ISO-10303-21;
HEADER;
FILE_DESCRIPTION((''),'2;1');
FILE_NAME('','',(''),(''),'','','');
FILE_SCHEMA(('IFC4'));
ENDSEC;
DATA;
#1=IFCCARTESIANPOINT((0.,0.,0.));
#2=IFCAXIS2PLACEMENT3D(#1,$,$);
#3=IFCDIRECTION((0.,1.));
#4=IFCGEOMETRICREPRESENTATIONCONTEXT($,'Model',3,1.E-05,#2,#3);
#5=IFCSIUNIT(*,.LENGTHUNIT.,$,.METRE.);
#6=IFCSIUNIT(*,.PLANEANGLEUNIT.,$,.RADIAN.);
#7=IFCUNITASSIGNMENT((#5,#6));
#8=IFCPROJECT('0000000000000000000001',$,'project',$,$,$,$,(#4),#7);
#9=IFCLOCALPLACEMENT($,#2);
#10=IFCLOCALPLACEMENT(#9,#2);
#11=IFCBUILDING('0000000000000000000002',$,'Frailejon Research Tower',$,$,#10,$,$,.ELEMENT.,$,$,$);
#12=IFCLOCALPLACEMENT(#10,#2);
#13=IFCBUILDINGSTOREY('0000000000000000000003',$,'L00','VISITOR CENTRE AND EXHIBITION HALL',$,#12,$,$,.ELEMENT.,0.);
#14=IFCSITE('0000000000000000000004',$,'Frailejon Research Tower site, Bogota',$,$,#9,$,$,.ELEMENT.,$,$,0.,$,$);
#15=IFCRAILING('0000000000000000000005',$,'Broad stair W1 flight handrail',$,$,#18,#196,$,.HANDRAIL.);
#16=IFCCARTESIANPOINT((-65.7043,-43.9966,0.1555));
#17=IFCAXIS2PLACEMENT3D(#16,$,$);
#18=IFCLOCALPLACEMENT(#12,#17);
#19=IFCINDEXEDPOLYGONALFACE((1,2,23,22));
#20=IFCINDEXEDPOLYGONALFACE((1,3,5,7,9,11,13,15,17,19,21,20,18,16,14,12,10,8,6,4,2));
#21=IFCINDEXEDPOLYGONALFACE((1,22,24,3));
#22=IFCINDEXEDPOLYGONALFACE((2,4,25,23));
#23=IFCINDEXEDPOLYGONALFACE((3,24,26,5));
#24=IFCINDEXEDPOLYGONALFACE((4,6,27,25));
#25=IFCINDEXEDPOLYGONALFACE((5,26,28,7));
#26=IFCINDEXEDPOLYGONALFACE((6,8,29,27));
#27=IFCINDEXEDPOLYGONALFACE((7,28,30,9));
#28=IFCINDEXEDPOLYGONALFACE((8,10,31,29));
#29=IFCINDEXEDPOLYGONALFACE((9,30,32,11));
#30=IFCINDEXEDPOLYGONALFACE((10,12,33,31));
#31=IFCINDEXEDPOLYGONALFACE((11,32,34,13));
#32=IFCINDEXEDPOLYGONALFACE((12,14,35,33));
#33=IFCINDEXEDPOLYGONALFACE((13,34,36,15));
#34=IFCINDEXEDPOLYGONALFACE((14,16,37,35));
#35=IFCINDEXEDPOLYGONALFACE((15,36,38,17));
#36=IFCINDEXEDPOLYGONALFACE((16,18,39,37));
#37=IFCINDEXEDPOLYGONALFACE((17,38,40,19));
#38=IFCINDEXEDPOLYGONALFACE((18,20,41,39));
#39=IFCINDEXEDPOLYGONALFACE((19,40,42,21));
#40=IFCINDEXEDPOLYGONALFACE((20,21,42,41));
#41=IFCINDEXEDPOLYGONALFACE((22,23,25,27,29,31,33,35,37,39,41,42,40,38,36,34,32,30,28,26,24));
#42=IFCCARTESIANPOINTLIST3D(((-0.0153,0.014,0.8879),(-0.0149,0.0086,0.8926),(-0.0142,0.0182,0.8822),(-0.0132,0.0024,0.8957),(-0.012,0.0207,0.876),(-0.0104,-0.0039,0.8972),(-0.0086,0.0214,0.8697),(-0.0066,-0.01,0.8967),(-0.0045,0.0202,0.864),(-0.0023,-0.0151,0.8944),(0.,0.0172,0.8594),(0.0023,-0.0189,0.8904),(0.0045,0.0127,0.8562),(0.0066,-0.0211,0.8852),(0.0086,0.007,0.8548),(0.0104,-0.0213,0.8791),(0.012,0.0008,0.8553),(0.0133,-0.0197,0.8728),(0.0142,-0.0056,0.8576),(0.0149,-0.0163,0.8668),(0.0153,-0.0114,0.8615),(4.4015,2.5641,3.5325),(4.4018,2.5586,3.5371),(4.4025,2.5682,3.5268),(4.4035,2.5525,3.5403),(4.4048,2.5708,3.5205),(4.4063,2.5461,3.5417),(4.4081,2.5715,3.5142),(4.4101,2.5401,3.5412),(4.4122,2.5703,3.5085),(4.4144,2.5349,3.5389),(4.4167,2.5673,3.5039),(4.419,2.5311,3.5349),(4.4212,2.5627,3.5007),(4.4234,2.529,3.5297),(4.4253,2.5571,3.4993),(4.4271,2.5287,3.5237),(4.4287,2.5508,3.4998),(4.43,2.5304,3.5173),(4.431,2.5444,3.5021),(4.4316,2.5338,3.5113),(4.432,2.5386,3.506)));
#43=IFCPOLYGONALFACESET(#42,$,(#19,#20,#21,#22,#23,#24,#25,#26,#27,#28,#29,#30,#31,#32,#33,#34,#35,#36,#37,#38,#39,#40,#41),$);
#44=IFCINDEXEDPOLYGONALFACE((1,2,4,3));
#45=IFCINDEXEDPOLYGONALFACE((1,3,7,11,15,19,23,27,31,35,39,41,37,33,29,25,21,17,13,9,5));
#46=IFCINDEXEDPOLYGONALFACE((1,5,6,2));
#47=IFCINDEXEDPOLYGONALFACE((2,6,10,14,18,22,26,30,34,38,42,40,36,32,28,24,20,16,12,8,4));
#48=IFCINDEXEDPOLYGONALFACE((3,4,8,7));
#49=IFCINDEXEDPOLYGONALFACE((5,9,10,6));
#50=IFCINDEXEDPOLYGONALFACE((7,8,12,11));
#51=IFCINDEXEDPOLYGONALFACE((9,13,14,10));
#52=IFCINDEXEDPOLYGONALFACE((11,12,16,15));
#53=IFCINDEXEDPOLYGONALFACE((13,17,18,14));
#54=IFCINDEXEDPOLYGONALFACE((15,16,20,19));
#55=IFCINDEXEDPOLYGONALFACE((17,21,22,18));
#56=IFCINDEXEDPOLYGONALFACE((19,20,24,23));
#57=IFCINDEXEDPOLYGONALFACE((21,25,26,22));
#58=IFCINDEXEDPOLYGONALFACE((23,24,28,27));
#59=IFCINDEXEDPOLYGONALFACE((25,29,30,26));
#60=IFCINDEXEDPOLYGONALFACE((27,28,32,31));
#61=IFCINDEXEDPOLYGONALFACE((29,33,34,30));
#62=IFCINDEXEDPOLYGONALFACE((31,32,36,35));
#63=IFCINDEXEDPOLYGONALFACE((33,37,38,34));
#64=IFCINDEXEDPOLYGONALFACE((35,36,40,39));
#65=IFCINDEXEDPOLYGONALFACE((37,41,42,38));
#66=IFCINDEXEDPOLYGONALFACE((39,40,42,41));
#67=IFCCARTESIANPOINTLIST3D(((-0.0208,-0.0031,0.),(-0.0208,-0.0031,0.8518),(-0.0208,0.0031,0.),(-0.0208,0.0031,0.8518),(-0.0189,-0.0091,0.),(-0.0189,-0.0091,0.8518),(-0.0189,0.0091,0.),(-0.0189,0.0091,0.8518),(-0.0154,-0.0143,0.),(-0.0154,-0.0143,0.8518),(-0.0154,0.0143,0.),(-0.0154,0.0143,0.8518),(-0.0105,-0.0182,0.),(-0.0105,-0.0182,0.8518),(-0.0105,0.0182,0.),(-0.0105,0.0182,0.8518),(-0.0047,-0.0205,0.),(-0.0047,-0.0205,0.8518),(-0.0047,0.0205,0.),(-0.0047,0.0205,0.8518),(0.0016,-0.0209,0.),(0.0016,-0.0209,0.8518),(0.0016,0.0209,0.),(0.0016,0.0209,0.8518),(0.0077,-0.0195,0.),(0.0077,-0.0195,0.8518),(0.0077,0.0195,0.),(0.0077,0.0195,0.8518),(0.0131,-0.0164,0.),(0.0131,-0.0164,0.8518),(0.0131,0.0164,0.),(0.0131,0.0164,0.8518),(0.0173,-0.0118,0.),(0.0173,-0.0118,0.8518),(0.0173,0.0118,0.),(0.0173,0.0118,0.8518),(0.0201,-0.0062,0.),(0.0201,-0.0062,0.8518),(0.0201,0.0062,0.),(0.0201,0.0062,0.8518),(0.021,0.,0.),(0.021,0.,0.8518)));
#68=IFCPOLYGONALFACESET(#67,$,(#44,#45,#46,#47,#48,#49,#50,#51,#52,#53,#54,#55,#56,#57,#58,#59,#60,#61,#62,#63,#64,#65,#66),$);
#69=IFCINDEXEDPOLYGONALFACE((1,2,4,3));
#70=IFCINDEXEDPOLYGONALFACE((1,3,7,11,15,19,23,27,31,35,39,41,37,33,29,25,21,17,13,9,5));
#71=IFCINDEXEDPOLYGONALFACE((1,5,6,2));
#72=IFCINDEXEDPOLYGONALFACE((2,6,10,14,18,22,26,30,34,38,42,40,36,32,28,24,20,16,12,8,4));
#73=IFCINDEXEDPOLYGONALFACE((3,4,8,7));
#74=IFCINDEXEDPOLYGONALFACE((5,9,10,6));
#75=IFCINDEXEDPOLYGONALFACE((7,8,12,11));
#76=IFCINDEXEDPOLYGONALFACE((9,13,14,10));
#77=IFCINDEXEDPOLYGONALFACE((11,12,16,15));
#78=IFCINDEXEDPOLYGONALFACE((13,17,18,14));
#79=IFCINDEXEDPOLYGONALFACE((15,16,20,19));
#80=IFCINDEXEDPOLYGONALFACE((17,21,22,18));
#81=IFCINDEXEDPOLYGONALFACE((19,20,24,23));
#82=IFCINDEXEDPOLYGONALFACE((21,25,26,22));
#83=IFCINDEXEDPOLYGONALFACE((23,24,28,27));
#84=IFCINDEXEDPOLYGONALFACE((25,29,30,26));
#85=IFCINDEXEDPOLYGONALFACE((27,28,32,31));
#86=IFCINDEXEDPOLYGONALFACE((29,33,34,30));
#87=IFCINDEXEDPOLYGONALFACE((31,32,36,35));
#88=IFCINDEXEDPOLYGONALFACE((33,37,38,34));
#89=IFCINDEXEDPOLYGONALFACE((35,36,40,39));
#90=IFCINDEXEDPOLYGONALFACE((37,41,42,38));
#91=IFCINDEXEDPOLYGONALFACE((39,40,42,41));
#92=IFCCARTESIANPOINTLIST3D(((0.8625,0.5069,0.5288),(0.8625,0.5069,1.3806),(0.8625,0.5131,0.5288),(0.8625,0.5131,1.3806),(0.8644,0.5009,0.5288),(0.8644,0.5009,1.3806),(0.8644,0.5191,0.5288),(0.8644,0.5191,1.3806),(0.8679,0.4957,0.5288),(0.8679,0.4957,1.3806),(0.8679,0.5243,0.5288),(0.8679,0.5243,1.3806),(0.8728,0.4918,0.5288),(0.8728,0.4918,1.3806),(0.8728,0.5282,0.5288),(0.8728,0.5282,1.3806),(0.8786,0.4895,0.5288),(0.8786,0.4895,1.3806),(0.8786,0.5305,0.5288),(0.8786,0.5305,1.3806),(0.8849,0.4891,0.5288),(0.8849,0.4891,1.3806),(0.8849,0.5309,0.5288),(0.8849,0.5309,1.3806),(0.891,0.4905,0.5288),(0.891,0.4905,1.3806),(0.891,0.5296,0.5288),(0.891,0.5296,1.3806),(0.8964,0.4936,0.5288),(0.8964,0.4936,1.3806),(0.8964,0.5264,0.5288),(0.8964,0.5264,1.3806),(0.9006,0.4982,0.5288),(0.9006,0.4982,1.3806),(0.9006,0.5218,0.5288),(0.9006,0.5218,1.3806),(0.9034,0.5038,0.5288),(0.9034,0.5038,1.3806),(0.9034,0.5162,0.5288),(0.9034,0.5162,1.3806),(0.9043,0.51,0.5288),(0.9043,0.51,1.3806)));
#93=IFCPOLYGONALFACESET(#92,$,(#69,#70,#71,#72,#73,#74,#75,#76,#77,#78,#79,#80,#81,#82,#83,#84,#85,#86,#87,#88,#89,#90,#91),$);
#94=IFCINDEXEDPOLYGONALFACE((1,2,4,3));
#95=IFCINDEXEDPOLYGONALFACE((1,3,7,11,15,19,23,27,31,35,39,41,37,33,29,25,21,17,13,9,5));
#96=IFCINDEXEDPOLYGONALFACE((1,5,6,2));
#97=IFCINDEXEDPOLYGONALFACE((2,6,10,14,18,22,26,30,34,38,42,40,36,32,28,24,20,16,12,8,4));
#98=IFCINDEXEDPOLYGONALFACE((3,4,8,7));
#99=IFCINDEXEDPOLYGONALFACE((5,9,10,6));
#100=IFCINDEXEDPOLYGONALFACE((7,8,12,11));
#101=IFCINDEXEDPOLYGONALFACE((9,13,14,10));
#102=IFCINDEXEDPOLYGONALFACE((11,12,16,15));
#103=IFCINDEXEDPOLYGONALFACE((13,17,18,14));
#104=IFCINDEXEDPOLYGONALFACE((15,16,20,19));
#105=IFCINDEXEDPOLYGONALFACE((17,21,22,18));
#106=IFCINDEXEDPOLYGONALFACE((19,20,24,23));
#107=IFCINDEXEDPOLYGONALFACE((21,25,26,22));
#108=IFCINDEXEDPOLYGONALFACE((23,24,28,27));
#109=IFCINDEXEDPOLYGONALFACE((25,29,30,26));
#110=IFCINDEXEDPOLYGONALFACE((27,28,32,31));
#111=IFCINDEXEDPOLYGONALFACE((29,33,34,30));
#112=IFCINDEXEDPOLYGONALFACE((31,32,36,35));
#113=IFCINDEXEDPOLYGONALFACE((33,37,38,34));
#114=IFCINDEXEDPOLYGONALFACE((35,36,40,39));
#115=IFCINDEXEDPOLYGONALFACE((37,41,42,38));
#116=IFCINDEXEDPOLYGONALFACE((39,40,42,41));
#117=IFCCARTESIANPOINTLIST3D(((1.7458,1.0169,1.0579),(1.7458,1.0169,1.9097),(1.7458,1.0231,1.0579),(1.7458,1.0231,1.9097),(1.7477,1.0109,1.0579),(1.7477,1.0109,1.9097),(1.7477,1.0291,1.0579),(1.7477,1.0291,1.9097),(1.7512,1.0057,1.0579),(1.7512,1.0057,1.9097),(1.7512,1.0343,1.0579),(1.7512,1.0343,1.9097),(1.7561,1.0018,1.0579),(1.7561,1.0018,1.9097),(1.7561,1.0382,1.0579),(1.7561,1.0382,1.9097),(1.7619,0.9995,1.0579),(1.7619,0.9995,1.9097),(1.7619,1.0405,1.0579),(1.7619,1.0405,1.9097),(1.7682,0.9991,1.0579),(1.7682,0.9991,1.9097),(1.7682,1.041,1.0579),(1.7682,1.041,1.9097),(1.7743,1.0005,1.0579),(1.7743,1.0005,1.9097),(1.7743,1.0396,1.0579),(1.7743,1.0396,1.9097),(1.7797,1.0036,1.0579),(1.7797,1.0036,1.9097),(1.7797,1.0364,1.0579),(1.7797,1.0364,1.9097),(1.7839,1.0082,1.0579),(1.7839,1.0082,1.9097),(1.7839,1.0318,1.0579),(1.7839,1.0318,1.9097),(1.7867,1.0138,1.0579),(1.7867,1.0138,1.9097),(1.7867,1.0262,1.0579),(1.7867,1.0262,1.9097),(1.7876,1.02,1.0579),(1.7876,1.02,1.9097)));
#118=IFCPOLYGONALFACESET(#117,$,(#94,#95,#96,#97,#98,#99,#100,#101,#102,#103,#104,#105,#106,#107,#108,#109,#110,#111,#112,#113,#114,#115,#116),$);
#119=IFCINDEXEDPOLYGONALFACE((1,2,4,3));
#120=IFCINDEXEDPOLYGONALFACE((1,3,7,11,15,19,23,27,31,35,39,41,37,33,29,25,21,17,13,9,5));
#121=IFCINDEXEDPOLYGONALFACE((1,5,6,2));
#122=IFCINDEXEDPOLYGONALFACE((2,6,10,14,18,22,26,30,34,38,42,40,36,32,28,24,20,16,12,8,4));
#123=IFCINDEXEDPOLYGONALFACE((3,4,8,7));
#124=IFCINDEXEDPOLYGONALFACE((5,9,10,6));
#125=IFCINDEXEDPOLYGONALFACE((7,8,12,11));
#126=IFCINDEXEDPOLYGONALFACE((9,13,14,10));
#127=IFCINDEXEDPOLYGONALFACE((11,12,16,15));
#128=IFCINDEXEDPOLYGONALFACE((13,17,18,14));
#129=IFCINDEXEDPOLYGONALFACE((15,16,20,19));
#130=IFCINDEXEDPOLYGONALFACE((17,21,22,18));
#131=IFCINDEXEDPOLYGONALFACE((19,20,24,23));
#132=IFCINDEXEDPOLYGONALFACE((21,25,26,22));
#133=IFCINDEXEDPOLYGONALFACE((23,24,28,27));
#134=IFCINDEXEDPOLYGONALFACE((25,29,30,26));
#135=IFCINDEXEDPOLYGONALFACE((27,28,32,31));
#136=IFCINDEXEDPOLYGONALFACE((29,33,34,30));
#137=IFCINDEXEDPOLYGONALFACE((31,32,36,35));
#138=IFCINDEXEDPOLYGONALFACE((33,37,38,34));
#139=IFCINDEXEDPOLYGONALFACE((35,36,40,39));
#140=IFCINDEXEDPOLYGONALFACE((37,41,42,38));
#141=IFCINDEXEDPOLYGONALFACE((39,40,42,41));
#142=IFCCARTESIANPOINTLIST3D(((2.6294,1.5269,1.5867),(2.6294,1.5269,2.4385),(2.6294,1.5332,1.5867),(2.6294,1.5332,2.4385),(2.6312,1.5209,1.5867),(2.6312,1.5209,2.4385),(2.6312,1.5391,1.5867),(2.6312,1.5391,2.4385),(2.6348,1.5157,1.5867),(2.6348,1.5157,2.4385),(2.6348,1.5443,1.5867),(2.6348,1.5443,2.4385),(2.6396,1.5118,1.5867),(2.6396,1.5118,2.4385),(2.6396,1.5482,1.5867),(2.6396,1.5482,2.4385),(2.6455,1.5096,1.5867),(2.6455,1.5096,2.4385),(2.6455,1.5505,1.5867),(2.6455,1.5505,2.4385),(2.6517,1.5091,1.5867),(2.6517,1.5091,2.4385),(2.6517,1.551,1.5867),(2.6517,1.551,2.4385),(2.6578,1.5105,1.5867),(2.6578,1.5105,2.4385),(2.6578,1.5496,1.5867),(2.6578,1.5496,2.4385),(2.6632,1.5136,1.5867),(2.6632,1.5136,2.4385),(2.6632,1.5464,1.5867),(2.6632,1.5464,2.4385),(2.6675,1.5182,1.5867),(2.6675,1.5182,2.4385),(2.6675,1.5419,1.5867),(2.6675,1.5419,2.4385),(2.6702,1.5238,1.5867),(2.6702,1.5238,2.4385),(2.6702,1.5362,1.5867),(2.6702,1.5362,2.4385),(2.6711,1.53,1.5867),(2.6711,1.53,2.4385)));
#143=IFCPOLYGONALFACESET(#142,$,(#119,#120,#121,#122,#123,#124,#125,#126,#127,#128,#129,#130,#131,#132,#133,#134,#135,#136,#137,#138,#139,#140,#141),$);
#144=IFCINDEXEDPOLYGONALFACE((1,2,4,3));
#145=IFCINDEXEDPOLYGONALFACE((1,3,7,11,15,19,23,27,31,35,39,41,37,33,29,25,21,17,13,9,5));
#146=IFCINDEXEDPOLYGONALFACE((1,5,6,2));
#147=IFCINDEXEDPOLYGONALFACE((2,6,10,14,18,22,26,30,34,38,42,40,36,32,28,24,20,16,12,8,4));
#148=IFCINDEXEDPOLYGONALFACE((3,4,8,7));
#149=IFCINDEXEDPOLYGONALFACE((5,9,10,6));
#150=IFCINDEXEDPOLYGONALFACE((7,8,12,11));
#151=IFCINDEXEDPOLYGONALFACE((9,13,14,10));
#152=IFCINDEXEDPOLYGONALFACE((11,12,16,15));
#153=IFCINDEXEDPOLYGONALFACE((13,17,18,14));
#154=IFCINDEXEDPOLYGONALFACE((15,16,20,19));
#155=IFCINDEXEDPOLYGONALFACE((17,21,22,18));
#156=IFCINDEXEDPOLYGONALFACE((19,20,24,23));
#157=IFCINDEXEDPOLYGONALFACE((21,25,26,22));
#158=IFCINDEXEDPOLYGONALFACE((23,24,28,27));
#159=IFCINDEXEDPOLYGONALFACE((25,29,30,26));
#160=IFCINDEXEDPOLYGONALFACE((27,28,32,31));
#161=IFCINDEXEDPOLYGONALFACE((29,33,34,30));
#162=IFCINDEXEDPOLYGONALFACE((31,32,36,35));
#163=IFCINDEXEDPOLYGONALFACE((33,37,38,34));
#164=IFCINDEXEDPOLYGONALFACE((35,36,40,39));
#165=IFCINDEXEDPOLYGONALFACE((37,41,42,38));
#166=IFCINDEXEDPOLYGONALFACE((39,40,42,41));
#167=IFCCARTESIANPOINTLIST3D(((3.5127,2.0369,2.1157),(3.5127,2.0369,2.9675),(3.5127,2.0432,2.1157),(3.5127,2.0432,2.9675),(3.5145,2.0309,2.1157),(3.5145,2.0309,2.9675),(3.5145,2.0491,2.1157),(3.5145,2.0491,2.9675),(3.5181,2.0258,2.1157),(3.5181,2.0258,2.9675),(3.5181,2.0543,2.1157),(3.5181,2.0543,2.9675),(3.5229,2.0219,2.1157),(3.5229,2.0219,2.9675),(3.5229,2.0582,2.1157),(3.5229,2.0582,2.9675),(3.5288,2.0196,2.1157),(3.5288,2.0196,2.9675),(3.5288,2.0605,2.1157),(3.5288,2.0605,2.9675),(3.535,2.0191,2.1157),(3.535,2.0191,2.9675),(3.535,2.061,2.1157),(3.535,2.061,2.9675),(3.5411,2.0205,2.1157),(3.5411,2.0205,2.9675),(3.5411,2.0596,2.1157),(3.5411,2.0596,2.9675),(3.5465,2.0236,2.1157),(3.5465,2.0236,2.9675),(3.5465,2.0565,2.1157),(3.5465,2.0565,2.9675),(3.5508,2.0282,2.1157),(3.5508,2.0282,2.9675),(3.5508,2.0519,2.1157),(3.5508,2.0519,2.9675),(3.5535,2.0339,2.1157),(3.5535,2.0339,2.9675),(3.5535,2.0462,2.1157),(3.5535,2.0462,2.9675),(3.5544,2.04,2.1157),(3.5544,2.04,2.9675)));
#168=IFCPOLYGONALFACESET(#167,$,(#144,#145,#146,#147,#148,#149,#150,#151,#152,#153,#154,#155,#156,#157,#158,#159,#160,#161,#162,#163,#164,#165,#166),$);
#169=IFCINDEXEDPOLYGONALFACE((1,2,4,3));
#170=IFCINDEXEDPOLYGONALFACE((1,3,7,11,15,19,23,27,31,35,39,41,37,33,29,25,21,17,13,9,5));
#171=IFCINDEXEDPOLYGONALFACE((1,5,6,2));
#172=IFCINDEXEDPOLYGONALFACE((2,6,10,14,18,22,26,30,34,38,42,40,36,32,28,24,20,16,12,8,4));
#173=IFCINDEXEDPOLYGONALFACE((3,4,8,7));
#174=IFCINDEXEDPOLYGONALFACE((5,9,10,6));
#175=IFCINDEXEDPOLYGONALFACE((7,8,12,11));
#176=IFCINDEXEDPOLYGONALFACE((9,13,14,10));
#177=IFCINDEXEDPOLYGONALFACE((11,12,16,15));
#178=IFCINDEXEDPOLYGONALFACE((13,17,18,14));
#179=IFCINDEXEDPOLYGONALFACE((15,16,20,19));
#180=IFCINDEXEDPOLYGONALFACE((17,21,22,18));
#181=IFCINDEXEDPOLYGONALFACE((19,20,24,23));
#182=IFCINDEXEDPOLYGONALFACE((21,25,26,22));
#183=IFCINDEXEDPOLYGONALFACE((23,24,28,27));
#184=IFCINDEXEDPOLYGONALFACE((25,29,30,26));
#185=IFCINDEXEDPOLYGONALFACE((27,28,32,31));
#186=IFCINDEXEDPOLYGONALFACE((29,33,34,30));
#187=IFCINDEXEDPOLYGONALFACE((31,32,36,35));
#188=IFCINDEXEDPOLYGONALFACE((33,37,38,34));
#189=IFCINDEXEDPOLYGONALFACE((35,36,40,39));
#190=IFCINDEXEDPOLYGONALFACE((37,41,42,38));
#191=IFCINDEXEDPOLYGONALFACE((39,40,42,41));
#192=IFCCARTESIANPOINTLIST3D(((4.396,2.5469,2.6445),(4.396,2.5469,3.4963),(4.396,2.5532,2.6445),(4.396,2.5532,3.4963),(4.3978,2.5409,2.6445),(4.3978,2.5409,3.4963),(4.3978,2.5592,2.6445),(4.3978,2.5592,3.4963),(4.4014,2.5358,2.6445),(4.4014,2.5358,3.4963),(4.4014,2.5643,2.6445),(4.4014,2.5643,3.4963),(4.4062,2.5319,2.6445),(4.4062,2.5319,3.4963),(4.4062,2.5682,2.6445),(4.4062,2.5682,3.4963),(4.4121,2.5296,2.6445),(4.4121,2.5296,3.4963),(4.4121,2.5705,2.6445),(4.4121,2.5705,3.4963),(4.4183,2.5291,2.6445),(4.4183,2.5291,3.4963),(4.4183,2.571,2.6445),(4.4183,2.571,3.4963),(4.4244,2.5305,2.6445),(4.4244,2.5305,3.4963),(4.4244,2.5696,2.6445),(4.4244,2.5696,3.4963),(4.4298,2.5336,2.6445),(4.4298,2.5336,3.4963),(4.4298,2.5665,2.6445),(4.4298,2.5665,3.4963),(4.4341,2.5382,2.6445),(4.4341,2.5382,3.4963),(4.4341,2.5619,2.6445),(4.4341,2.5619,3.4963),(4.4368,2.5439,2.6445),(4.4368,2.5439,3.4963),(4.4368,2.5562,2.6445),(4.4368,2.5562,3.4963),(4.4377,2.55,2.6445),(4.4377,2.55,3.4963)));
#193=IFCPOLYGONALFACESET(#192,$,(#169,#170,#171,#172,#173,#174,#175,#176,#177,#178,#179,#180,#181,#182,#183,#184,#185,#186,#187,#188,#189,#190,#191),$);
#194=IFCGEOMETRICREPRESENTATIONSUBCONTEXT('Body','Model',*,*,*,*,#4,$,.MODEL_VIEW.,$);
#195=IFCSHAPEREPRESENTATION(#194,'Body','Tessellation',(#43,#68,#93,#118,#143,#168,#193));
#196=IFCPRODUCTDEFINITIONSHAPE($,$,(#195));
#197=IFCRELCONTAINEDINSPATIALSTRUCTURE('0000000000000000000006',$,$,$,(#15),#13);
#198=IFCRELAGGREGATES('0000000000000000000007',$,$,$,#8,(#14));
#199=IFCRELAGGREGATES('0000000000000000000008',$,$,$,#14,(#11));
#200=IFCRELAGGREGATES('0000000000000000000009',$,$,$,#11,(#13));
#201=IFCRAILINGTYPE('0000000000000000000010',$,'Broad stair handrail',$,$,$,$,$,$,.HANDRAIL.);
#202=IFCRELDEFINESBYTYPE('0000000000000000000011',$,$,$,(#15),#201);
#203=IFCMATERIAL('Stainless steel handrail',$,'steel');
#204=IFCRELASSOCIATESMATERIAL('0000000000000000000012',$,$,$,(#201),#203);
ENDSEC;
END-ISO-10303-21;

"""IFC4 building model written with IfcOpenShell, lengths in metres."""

from ifc_helpers import new_model, si_unit, direction, frame, origin, origin_2d, place, context, subcontext, project, spatial, circle, extrude, material, type_object, element, save


model = new_model("IFC4")

# Units and contexts
model_context = context("Model", 3, precision=1e-05, world=origin(), true_north=direction((0.0, 1.0)))
body_context = subcontext(model_context, "Body", "Model", "MODEL_VIEW")
ifc_project = project(units=[si_unit("LENGTHUNIT", "METRE"), si_unit("PLANEANGLEUNIT", "RADIAN")], contexts=[model_context])

# Site, building, storey
site_placement = place(None, origin())
site = spatial("IfcSite", under=ifc_project, at=site_placement, Name="Frailejon Research Tower site, Bogota", CompositionType="ELEMENT", RefElevation=0.0)
building_placement = place(site_placement, origin())
building = spatial("IfcBuilding", under=site, at=building_placement, Name="Frailejon Research Tower", CompositionType="ELEMENT")
storey_placement = place(building_placement, origin())
storey = spatial("IfcBuildingStorey", under=building, at=storey_placement, Name="L00", Description="VISITOR CENTRE AND EXHIBITION HALL", CompositionType="ELEMENT", Elevation=0.0)

# Railing
ifc_material_1 = material(Name="Stainless steel handrail", Category="steel")
railing_type_1 = type_object("IfcRailingType", Name="Broad stair handrail", PredefinedType="HANDRAIL", material=ifc_material_1)
for number, where, name in (
    (1, (-65.7043, -43.9966, 0.1555), "Broad stair W1 flight handrail"),
):
    element("IfcRailing", number, at=place(storey_placement, frame(where)), inside=storey, type_object=railing_type_1, Name=name, PredefinedType="HANDRAIL", context=body_context, shape_type="SweptSolid", body=[
        extrude(circle(Radius=0.0239, at=origin_2d()), frame((0.0, 0.0, 0.876), z_axis=(0.768811, 0.44388, 0.460326), x_axis=(-0.500006, 0.866022, 0.0)), (0.0, 0.0, 1.0), 5.7449),
        extrude(circle(Radius=0.021, at=origin_2d()), origin(), (0.0, 0.0, 1.0), 0.8518),
        extrude(circle(Radius=0.021, at=origin_2d()), frame((0.8833, 0.51, 0.5288)), (0.0, 0.0, 1.0), 0.8518),
        extrude(circle(Radius=0.021, at=origin_2d()), frame((1.7666, 1.02, 1.0579)), (0.0, 0.0, 1.0), 0.8518),
        extrude(circle(Radius=0.021, at=origin_2d()), frame((2.6501, 1.53, 1.5867)), (0.0, 0.0, 1.0), 0.8518),
        extrude(circle(Radius=0.021, at=origin_2d()), frame((3.5334, 2.04, 2.1157)), (0.0, 0.0, 1.0), 0.8518),
        extrude(circle(Radius=0.021, at=origin_2d()), frame((4.4167, 2.55, 2.6445)), (0.0, 0.0, 1.0), 0.8518),
    ])

save(model, "model.ifc")
